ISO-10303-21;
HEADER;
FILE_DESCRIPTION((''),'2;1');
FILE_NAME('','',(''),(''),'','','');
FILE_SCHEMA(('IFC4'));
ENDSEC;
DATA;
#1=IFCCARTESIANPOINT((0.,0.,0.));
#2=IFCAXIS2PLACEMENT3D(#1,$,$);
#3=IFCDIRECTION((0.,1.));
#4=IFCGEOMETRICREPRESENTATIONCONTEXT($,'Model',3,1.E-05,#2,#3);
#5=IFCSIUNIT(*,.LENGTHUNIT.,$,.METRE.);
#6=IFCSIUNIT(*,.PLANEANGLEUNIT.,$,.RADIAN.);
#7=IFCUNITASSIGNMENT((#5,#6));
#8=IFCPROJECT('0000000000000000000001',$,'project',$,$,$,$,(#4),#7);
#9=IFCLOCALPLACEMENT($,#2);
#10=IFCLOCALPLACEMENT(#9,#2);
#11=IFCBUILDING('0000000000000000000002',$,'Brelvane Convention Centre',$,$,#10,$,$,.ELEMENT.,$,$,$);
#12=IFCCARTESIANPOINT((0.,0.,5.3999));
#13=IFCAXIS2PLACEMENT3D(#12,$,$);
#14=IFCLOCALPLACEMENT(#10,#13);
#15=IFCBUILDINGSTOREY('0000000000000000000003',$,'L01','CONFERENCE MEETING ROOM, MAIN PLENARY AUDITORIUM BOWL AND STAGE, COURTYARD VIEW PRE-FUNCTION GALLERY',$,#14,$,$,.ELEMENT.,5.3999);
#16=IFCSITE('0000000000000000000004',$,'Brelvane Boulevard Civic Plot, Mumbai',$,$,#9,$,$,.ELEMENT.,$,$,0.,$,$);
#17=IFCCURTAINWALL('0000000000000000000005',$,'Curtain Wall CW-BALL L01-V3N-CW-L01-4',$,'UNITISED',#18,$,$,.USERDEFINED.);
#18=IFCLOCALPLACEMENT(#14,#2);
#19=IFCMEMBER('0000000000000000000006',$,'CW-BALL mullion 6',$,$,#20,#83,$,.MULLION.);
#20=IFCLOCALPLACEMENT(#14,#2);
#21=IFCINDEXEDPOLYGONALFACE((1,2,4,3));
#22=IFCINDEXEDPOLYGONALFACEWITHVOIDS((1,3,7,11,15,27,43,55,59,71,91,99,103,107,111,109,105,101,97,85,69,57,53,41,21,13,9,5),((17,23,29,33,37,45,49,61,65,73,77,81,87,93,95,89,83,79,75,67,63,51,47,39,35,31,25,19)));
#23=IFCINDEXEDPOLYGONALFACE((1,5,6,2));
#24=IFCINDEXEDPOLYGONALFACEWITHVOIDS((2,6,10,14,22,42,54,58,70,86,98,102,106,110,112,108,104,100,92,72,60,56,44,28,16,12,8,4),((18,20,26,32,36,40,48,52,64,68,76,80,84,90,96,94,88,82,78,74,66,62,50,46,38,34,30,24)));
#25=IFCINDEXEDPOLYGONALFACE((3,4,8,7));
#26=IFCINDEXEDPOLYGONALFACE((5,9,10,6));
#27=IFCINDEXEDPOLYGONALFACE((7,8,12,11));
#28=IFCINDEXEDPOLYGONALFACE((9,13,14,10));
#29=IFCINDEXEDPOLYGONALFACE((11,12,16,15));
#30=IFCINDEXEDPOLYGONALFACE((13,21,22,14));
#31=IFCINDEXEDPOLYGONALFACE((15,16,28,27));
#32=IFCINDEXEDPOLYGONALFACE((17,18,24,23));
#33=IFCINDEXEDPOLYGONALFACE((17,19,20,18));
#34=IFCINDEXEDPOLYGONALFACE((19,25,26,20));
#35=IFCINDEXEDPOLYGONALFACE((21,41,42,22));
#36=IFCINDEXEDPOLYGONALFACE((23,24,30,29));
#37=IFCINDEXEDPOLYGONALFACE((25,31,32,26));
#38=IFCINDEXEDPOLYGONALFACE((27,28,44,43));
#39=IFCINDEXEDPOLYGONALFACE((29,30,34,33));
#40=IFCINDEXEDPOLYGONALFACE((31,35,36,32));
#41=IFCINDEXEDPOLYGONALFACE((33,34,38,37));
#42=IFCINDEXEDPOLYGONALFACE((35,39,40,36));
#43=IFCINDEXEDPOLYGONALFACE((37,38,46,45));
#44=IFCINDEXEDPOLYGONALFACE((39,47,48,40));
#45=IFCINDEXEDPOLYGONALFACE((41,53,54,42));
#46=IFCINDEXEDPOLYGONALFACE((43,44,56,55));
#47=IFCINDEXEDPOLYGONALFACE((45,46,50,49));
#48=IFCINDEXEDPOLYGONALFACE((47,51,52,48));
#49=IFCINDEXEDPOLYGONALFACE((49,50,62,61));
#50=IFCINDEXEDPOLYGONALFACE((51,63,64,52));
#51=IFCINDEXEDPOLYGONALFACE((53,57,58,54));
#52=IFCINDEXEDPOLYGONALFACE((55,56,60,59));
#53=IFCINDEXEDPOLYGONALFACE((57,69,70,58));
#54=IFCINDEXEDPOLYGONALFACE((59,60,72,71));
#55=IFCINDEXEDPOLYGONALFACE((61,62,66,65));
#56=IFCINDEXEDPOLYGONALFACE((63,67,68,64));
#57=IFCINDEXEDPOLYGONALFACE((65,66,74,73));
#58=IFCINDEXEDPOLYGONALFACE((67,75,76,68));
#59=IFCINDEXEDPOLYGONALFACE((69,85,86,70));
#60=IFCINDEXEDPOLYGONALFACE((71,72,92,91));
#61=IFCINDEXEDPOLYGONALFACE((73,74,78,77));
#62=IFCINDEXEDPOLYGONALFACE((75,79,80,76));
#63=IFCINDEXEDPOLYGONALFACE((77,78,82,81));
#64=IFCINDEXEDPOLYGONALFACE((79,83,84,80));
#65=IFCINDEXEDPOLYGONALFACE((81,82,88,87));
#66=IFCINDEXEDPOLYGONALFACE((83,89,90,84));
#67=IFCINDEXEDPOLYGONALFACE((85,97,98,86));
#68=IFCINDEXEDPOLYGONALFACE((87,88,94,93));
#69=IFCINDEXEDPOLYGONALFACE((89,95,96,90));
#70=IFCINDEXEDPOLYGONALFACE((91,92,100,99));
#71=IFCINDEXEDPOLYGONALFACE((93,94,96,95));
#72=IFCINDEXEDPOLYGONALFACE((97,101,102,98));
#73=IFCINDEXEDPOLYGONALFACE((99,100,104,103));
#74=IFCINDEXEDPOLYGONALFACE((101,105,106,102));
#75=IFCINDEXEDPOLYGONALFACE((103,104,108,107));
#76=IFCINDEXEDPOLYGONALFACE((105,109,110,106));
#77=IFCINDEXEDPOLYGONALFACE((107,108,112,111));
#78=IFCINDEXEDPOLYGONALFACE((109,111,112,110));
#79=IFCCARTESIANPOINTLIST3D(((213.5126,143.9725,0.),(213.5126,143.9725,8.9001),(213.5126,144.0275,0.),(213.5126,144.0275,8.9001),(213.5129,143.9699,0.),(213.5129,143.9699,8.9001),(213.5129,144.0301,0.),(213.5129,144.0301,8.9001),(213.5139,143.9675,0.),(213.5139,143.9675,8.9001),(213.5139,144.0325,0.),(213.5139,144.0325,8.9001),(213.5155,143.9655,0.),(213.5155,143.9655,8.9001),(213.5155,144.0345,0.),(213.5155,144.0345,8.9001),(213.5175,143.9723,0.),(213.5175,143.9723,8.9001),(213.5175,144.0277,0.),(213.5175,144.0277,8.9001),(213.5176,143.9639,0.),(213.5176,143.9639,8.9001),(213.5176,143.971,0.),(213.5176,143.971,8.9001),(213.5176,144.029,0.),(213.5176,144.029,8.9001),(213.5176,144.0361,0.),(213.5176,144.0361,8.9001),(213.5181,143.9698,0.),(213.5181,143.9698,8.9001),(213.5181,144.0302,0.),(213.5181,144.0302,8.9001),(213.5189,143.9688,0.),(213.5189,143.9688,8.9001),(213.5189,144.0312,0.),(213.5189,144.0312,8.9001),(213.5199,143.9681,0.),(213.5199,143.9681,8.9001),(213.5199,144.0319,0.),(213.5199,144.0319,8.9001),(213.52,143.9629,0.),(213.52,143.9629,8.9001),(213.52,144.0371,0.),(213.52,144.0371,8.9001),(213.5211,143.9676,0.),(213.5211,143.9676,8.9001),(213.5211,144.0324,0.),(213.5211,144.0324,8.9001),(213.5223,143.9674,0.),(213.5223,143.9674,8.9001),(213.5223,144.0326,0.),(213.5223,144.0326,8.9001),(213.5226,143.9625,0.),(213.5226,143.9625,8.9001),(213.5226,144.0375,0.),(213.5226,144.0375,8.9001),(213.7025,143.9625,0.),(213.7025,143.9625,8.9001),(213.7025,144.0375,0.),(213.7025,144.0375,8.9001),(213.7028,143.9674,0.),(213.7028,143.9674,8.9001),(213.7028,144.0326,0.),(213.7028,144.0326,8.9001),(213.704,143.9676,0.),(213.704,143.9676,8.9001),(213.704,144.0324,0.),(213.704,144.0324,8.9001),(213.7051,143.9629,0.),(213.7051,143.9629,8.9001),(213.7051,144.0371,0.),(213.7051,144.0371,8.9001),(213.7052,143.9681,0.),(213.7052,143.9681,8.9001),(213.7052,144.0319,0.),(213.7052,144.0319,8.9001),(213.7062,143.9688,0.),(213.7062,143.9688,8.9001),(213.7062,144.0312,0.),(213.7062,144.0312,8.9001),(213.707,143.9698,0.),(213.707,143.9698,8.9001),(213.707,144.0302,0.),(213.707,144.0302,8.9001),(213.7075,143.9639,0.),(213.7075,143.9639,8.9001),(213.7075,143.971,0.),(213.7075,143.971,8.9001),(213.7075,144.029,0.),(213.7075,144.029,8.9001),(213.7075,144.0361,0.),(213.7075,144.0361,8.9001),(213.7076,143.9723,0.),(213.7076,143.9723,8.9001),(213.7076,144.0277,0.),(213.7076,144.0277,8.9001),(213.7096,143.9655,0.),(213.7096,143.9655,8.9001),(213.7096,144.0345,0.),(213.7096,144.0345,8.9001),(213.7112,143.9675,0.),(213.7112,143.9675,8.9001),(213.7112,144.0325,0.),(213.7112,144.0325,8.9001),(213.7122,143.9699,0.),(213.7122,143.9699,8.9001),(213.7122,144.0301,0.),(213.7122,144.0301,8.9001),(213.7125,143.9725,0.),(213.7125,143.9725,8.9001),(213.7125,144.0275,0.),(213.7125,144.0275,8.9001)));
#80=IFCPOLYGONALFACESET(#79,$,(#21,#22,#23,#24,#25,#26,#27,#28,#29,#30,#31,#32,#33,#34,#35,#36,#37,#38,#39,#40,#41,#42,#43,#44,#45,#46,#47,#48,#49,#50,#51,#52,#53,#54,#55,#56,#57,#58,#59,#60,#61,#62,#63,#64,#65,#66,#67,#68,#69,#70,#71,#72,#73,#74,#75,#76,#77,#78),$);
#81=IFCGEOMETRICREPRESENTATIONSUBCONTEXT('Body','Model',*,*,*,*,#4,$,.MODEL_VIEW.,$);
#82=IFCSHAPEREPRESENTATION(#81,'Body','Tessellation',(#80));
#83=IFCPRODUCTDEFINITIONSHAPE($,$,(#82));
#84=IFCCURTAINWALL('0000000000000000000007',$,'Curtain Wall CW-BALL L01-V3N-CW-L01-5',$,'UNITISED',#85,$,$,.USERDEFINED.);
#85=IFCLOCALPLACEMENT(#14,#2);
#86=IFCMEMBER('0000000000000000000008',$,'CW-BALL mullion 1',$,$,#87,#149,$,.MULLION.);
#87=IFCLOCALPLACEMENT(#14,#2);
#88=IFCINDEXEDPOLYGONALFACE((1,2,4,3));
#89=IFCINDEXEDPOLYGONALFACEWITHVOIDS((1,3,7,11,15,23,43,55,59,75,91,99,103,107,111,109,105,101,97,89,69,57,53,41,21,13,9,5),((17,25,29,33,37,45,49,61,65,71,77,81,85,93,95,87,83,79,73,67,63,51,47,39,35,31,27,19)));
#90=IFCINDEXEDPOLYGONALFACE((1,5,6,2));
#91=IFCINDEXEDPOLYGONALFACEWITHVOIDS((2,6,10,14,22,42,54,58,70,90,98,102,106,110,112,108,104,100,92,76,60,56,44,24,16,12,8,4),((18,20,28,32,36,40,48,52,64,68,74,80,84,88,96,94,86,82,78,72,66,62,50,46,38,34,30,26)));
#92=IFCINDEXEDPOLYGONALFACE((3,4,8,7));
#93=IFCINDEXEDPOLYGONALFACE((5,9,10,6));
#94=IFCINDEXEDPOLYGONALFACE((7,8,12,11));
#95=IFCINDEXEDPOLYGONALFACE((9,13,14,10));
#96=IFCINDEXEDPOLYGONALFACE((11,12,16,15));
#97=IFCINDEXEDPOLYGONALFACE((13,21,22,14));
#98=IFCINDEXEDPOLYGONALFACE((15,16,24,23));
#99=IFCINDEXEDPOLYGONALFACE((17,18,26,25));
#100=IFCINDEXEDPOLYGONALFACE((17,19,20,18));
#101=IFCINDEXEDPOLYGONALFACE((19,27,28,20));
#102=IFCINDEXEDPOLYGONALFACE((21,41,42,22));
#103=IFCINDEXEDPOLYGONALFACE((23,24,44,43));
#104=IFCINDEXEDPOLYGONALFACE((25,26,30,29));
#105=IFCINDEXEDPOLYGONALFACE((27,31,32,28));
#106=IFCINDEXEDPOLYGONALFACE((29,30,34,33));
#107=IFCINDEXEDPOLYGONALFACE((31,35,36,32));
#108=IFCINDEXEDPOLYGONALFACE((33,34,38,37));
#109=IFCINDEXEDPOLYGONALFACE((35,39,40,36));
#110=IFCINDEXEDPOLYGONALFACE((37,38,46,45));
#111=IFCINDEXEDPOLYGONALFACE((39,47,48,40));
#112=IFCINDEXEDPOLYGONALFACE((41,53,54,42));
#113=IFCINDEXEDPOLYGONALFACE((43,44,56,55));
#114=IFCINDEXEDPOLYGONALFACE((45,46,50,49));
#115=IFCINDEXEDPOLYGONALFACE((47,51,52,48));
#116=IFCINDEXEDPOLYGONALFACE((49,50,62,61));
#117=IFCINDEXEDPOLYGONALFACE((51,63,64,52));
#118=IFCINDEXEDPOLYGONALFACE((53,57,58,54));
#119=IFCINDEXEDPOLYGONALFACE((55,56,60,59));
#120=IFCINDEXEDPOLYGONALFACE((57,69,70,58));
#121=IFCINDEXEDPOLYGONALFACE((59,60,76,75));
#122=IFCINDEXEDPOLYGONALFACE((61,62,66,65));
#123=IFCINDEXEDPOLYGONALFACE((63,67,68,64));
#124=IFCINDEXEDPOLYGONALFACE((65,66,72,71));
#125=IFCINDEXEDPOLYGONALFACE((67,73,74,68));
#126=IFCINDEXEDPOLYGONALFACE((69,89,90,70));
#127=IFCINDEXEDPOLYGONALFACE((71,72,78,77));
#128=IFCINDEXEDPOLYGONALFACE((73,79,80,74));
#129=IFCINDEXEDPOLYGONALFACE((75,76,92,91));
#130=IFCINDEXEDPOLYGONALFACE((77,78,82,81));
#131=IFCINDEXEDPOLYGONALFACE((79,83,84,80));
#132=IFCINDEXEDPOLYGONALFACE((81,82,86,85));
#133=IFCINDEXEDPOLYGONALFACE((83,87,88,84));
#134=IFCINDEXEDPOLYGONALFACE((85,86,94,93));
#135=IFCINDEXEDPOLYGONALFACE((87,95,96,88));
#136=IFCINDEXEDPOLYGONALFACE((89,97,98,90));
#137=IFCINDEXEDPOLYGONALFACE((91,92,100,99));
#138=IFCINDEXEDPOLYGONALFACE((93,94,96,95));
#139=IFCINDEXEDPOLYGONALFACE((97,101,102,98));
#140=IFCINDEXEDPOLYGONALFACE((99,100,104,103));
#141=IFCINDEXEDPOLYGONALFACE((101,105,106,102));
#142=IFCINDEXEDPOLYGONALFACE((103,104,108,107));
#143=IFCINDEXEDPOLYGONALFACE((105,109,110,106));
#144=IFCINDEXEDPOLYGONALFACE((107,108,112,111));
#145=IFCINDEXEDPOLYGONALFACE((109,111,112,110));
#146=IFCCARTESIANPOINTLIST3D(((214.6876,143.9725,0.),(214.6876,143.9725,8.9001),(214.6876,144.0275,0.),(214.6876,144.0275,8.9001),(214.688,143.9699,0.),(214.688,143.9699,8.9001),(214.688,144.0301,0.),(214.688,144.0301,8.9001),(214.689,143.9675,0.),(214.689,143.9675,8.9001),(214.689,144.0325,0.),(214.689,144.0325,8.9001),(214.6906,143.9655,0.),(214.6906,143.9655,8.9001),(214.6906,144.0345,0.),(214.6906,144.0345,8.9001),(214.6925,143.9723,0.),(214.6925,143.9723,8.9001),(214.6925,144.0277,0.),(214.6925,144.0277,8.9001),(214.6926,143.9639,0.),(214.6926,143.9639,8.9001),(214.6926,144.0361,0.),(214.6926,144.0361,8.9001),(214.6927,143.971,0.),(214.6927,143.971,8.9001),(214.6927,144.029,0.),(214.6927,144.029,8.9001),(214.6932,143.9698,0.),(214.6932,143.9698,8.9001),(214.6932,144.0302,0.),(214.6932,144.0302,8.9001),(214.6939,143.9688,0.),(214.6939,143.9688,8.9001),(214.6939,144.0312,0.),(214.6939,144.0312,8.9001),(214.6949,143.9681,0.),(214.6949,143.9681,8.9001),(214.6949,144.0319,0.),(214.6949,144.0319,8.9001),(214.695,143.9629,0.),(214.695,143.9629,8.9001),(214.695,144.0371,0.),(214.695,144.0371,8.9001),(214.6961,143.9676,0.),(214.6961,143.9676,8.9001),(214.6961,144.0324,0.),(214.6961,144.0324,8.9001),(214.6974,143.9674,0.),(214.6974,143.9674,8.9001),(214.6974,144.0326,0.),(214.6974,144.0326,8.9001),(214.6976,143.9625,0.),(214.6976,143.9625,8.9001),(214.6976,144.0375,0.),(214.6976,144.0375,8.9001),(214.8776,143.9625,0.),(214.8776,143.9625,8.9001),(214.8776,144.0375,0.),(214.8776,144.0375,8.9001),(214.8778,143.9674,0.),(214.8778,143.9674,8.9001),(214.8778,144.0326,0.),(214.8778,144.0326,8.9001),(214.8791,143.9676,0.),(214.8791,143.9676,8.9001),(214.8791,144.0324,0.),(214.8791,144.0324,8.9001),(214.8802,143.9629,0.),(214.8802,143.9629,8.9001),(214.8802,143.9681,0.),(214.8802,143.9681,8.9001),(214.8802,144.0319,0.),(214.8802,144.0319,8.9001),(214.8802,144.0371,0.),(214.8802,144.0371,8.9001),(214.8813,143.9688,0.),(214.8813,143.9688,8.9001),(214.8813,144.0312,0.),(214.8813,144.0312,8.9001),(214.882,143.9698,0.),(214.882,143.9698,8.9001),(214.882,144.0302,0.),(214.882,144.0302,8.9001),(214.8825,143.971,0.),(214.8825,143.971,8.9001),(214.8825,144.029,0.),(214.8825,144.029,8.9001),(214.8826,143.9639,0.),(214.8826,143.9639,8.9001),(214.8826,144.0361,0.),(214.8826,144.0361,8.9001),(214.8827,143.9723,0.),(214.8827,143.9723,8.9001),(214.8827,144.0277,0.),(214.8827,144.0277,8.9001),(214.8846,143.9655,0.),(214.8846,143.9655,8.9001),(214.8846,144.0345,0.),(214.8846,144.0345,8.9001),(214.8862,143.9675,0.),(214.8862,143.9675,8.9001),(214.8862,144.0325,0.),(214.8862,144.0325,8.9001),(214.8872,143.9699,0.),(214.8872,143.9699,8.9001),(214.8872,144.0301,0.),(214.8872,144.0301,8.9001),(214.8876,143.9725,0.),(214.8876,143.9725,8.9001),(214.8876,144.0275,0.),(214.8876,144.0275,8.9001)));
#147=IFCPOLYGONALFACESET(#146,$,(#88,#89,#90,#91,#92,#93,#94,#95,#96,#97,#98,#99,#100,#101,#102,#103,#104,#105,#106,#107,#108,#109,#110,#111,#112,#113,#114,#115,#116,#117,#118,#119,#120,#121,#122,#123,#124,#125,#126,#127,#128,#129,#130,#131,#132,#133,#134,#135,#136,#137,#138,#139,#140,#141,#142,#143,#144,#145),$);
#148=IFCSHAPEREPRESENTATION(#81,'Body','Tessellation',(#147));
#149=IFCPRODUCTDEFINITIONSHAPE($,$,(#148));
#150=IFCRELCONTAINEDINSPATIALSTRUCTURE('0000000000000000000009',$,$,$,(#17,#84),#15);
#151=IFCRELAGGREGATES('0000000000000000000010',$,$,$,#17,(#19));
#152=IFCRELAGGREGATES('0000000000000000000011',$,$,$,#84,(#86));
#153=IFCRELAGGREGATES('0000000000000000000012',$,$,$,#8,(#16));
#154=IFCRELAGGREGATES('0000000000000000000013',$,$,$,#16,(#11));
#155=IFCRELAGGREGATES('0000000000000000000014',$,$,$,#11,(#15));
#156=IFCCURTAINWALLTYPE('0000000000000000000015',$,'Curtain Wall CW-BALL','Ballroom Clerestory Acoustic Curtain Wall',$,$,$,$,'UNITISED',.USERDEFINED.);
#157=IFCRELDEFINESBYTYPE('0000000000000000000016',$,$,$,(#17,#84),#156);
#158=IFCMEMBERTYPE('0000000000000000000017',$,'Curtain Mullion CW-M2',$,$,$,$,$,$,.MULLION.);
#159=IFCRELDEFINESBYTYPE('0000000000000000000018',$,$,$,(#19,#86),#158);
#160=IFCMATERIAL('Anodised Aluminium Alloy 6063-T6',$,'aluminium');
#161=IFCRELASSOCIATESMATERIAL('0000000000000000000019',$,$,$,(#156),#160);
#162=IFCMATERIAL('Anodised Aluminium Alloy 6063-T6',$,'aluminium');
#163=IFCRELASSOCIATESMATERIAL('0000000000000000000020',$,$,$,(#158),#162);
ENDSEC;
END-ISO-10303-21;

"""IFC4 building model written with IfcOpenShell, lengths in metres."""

from ifc_helpers import new_model, si_unit, direction, frame, origin, origin_2d, place, context, subcontext, project, spatial, hollow_rectangle, extrude, material, material_profile, profile_set, type_object, element, aggregate, save


model = new_model("IFC4")

# Units and contexts
model_context = context("Model", 3, precision=1e-05, world=origin(), true_north=direction((0.0, 1.0)))
body_context = subcontext(model_context, "Body", "Model", "MODEL_VIEW")
ifc_project = project(units=[si_unit("LENGTHUNIT", "METRE"), si_unit("PLANEANGLEUNIT", "RADIAN")], contexts=[model_context])

# Site, building, storey
site_placement = place(None, origin())
site = spatial("IfcSite", under=ifc_project, at=site_placement, Name="Brelvane Boulevard Civic Plot, Mumbai", CompositionType="ELEMENT", RefElevation=0.0)
building_placement = place(site_placement, origin())
building = spatial("IfcBuilding", under=site, at=building_placement, Name="Brelvane Convention Centre", CompositionType="ELEMENT")
storey_placement = place(building_placement, frame((0.0, 0.0, 5.3999)))
storey = spatial("IfcBuildingStorey", under=building, at=storey_placement, Name="L01", Description="CONFERENCE MEETING ROOM, MAIN PLENARY AUDITORIUM BOWL AND STAGE, COURTYARD VIEW PRE-FUNCTION GALLERY", CompositionType="ELEMENT", Elevation=5.3999)

# Curtain walls, members
ifc_material_1 = material(Name="Anodised Aluminium Alloy 6063-T6", Category="aluminium")
curtain_wall_type = type_object("IfcCurtainWallType", Name="Curtain Wall CW-BALL", Description="Ballroom Clerestory Acoustic Curtain Wall", ElementType="UNITISED", PredefinedType="USERDEFINED", material=ifc_material_1)
curtain_wall_1_placement = place(storey_placement, origin())
curtain_wall_1 = element("IfcCurtainWall", 1, at=curtain_wall_1_placement, inside=storey, type_object=curtain_wall_type, Name="Curtain Wall CW-BALL L01-V3N-CW-L01-4", ObjectType="UNITISED", PredefinedType="USERDEFINED")
ifc_material_2 = material(Name="Anodised Aluminium Alloy 6063-T6", Category="aluminium")
ifc_material_profile_1 = material_profile(ifc_material_2, hollow_rectangle(XDim=0.075, YDim=0.2, WallThickness=0.0049, InnerFilletRadius=0.0049, OuterFilletRadius=0.01, at=origin_2d()), Name="ALU-M 200x75x5.0")
ifc_profile_set_1 = profile_set([ifc_material_profile_1], Name="Anodised Aluminium Alloy 6063-T6")
member_type_1 = type_object("IfcMemberType", Name="Curtain Mullion CW-M2", PredefinedType="MULLION", material=ifc_profile_set_1)
member_1_placement = place(storey_placement, frame((213.6125, 144.0, 0.0), z_axis=(0.0, 0.0, 1.0), x_axis=(0.0, 1.0, 0.0)))
member_1 = element("IfcMember", 2, at=member_1_placement, type_object=member_type_1, Name="CW-BALL mullion 6", PredefinedType="MULLION", context=body_context, shape_type="SweptSolid", body=[
    extrude(hollow_rectangle(XDim=0.075, YDim=0.2, WallThickness=0.0049, InnerFilletRadius=0.0049, OuterFilletRadius=0.01, at=origin_2d()), origin(), (0.0, 0.0, 1.0), 8.9001),
])
curtain_wall_2_placement = place(storey_placement, origin())
curtain_wall_2 = element("IfcCurtainWall", 3, at=curtain_wall_2_placement, inside=storey, type_object=curtain_wall_type, Name="Curtain Wall CW-BALL L01-V3N-CW-L01-5", ObjectType="UNITISED", PredefinedType="USERDEFINED")
member_2_placement = place(storey_placement, frame((214.7876, 144.0, 0.0), z_axis=(0.0, 0.0, 1.0), x_axis=(0.0, 1.0, 0.0)))
member_2 = element("IfcMember", 4, at=member_2_placement, type_object=member_type_1, Name="CW-BALL mullion 1", PredefinedType="MULLION", context=body_context, shape_type="SweptSolid", body=[
    extrude(hollow_rectangle(XDim=0.075, YDim=0.2, WallThickness=0.0049, InnerFilletRadius=0.0049, OuterFilletRadius=0.01, at=origin_2d()), origin(), (0.0, 0.0, 1.0), 8.9001),
])

aggregate(curtain_wall_1, [member_1])
aggregate(curtain_wall_2, [member_2])

save(model, "model.ifc")
